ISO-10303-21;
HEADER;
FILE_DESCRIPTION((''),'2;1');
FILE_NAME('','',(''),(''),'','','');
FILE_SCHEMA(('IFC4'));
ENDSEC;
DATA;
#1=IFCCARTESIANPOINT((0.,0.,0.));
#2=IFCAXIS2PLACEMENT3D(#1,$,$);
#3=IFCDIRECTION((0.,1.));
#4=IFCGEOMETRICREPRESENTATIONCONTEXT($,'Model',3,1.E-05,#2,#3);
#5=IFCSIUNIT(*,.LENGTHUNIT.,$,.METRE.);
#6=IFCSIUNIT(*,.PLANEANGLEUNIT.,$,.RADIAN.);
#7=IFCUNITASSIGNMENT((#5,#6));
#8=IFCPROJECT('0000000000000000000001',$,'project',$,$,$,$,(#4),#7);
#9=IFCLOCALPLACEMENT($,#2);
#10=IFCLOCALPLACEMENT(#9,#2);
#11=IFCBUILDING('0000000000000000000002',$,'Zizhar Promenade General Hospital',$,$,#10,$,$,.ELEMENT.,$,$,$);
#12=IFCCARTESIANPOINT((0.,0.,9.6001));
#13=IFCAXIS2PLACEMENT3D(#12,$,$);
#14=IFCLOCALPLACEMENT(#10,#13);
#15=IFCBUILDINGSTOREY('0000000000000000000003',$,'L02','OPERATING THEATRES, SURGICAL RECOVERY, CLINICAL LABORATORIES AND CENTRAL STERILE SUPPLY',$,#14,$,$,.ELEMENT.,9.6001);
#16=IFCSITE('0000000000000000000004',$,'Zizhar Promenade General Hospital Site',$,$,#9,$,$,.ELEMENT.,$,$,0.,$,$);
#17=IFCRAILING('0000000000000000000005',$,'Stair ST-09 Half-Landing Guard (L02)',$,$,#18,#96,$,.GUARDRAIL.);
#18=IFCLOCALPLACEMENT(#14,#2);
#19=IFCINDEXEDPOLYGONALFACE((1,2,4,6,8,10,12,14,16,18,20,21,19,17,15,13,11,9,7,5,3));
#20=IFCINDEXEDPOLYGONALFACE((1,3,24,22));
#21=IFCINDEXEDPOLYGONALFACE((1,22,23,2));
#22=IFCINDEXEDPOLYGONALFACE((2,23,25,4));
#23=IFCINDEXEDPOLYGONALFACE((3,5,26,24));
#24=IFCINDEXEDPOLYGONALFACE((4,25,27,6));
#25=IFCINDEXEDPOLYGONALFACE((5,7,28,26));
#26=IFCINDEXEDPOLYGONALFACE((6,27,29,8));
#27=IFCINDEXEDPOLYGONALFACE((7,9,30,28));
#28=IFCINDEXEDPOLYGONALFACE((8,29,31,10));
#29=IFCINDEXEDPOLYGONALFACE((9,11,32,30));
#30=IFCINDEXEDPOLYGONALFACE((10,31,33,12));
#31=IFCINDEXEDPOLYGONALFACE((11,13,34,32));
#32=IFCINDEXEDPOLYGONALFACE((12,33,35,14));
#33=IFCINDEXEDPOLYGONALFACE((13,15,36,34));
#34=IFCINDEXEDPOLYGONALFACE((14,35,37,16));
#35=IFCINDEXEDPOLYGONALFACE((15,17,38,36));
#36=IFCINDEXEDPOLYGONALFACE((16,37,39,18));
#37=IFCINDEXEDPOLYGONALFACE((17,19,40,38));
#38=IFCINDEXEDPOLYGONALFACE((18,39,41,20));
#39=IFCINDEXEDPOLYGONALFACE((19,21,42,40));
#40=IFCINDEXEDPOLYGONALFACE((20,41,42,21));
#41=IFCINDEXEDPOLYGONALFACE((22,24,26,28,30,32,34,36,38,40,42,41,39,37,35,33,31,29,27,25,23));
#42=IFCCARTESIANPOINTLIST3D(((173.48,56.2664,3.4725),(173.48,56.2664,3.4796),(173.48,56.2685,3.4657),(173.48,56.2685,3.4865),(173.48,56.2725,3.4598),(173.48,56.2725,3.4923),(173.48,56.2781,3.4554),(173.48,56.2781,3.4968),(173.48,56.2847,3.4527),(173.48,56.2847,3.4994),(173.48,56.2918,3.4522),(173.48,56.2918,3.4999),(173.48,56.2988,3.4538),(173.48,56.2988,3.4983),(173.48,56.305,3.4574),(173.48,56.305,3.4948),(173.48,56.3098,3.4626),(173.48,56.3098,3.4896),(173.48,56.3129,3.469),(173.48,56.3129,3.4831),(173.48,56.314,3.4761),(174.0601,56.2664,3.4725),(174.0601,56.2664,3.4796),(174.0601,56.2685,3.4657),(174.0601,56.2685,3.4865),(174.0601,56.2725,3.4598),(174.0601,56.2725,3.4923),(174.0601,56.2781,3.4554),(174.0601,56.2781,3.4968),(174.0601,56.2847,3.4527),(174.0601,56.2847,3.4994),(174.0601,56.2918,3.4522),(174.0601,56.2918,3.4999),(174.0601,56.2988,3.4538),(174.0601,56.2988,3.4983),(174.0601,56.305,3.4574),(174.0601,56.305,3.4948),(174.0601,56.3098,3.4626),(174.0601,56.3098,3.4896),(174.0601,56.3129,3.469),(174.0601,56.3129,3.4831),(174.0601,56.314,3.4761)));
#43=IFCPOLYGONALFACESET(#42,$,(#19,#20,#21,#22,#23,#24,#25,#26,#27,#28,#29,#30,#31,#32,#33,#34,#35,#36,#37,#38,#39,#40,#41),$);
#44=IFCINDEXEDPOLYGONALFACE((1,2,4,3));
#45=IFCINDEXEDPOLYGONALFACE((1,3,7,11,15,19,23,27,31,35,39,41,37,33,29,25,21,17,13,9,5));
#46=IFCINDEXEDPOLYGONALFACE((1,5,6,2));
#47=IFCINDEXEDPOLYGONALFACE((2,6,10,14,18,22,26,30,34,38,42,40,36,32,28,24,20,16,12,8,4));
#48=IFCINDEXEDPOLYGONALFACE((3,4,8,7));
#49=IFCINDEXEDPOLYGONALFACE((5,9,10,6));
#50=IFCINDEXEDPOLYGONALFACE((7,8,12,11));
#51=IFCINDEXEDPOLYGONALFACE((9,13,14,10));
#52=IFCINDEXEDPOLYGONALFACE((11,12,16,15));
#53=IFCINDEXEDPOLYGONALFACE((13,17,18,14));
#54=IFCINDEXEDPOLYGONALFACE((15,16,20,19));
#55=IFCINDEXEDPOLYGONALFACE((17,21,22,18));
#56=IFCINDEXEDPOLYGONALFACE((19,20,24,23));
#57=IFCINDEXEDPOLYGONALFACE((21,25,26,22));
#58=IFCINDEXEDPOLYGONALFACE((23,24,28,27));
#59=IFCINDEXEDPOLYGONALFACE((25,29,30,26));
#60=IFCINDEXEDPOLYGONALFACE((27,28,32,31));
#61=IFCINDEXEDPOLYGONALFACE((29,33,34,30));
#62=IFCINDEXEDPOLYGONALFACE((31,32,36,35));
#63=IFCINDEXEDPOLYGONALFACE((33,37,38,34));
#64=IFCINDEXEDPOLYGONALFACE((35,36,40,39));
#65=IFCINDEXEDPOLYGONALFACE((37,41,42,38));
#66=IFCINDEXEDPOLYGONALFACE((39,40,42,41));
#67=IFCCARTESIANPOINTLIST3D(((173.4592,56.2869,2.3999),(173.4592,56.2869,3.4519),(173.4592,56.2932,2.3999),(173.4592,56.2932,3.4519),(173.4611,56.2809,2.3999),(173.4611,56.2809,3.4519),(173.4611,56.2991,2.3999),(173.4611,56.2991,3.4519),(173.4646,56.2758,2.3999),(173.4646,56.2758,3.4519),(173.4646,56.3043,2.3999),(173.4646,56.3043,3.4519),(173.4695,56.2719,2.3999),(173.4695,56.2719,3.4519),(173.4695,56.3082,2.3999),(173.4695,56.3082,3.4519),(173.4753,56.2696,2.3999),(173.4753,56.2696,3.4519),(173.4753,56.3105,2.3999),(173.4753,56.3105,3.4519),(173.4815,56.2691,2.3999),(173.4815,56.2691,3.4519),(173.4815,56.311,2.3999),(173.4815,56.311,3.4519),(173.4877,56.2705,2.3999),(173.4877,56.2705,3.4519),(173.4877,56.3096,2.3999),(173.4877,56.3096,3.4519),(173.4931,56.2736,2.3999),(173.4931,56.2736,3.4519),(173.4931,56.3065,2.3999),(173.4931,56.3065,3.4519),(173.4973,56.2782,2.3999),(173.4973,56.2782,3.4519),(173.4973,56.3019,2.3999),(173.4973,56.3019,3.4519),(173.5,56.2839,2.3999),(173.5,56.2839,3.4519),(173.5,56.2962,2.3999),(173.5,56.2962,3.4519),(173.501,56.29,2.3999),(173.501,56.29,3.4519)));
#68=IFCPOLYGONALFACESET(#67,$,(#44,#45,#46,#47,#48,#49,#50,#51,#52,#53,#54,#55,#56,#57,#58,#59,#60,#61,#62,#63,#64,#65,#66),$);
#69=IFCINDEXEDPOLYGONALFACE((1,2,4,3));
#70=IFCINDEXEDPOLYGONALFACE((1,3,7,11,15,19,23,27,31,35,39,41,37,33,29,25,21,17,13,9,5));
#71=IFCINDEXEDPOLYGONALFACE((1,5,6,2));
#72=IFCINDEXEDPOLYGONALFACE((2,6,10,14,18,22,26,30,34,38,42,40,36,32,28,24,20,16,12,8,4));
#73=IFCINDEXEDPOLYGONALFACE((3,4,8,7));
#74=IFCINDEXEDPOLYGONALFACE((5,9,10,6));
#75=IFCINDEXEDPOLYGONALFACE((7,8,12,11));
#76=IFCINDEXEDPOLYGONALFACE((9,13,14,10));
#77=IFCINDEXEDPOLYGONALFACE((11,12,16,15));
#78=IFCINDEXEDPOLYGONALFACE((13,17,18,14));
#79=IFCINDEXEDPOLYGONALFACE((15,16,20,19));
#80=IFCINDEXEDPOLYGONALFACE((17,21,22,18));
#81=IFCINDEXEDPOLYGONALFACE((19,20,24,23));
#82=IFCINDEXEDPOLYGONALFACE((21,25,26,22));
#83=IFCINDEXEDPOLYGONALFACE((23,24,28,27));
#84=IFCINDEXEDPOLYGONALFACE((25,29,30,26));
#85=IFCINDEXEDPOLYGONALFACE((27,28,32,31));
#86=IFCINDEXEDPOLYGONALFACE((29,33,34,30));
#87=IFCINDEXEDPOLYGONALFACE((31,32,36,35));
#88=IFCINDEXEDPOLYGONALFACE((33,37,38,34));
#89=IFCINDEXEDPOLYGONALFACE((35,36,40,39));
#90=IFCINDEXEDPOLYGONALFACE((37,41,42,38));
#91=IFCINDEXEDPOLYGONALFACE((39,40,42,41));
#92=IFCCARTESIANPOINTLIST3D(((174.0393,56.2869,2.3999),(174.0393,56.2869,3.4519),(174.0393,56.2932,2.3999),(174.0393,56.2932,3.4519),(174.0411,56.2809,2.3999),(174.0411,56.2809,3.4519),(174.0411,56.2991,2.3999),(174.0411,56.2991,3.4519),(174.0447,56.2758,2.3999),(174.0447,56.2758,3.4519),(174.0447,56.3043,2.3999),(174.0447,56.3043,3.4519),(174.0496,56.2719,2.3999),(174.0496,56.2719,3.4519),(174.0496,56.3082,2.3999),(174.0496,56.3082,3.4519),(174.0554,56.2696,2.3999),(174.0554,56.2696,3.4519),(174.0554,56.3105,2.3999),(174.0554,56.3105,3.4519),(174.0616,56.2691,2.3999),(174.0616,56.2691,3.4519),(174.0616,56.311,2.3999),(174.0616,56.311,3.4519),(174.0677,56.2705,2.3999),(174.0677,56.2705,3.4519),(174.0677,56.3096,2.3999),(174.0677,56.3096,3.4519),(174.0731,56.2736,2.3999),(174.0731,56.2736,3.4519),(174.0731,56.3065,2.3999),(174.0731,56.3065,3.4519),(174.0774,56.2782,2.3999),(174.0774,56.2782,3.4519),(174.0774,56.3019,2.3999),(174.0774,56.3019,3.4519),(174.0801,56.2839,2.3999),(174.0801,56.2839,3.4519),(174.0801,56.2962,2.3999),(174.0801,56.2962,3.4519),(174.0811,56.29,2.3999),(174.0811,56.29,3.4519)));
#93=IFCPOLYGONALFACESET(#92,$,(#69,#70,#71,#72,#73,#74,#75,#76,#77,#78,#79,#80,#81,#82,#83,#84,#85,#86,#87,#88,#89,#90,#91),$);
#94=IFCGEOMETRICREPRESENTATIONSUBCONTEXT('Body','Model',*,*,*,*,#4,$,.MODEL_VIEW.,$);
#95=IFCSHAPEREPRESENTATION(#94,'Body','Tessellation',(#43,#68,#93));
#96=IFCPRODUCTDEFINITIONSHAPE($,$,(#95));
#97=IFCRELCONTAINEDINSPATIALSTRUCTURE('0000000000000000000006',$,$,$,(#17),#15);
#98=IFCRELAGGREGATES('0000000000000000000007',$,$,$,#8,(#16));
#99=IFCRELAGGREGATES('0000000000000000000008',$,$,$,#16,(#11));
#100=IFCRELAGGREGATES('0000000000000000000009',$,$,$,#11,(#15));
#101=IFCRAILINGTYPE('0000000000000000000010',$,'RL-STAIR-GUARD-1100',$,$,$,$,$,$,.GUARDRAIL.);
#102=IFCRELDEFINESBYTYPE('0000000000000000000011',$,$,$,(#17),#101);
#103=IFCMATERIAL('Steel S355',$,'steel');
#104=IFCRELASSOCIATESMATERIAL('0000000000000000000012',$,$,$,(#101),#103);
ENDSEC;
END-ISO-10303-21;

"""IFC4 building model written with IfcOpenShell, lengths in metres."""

from ifc_helpers import new_model, si_unit, direction, frame, origin, origin_2d, place, context, subcontext, project, spatial, circle, hollow_circle, extrude, material, material_profile, profile_set, type_object, element, save


model = new_model("IFC4")

# Units and contexts
model_context = context("Model", 3, precision=1e-05, world=origin(), true_north=direction((0.0, 1.0)))
body_context = subcontext(model_context, "Body", "Model", "MODEL_VIEW")
ifc_project = project(units=[si_unit("LENGTHUNIT", "METRE"), si_unit("PLANEANGLEUNIT", "RADIAN")], contexts=[model_context])

# Site, building, storey
site_placement = place(None, origin())
site = spatial("IfcSite", under=ifc_project, at=site_placement, Name="Zizhar Promenade General Hospital Site", CompositionType="ELEMENT", RefElevation=0.0)
building_placement = place(site_placement, origin())
building = spatial("IfcBuilding", under=site, at=building_placement, Name="Zizhar Promenade General Hospital", CompositionType="ELEMENT")
storey_placement = place(building_placement, frame((0.0, 0.0, 9.6001)))
storey = spatial("IfcBuildingStorey", under=building, at=storey_placement, Name="L02", Description="OPERATING THEATRES, SURGICAL RECOVERY, CLINICAL LABORATORIES AND CENTRAL STERILE SUPPLY", CompositionType="ELEMENT", Elevation=9.6001)

# Railing
ifc_material_1 = material(Name="Steel S355", Category="steel")
ifc_material_profile_1 = material_profile(ifc_material_1, hollow_circle(Radius=0.0698, WallThickness=0.0063, at=origin_2d()))
ifc_profile_set_1 = profile_set([ifc_material_profile_1], Name="Steel S355")
railing_type_1 = type_object("IfcRailingType", Name="RL-STAIR-GUARD-1100", PredefinedType="GUARDRAIL", material=ifc_profile_set_1)
railing_1_placement = place(storey_placement, frame((173.48, 56.29, 2.3999)))
element("IfcRailing", 1, at=railing_1_placement, inside=storey, type_object=railing_type_1, Name="Stair ST-09 Half-Landing Guard (L02)", PredefinedType="GUARDRAIL", context=body_context, shape_type="SweptSolid", body=[
    extrude(circle(Radius=0.0239, at=origin_2d()), frame((0.0, 0.0, 1.0762), z_axis=(1.0, 0.0, 0.0), x_axis=(0.0, 1.0, 0.0)), (0.0, 0.0, 1.0), 0.5801),
    extrude(circle(Radius=0.021, at=origin_2d()), origin(), (0.0, 0.0, 1.0), 1.052),
    extrude(circle(Radius=0.021, at=origin_2d()), frame((0.5801, 0.0, 0.0)), (0.0, 0.0, 1.0), 1.052),
])

save(model, "model.ifc")
